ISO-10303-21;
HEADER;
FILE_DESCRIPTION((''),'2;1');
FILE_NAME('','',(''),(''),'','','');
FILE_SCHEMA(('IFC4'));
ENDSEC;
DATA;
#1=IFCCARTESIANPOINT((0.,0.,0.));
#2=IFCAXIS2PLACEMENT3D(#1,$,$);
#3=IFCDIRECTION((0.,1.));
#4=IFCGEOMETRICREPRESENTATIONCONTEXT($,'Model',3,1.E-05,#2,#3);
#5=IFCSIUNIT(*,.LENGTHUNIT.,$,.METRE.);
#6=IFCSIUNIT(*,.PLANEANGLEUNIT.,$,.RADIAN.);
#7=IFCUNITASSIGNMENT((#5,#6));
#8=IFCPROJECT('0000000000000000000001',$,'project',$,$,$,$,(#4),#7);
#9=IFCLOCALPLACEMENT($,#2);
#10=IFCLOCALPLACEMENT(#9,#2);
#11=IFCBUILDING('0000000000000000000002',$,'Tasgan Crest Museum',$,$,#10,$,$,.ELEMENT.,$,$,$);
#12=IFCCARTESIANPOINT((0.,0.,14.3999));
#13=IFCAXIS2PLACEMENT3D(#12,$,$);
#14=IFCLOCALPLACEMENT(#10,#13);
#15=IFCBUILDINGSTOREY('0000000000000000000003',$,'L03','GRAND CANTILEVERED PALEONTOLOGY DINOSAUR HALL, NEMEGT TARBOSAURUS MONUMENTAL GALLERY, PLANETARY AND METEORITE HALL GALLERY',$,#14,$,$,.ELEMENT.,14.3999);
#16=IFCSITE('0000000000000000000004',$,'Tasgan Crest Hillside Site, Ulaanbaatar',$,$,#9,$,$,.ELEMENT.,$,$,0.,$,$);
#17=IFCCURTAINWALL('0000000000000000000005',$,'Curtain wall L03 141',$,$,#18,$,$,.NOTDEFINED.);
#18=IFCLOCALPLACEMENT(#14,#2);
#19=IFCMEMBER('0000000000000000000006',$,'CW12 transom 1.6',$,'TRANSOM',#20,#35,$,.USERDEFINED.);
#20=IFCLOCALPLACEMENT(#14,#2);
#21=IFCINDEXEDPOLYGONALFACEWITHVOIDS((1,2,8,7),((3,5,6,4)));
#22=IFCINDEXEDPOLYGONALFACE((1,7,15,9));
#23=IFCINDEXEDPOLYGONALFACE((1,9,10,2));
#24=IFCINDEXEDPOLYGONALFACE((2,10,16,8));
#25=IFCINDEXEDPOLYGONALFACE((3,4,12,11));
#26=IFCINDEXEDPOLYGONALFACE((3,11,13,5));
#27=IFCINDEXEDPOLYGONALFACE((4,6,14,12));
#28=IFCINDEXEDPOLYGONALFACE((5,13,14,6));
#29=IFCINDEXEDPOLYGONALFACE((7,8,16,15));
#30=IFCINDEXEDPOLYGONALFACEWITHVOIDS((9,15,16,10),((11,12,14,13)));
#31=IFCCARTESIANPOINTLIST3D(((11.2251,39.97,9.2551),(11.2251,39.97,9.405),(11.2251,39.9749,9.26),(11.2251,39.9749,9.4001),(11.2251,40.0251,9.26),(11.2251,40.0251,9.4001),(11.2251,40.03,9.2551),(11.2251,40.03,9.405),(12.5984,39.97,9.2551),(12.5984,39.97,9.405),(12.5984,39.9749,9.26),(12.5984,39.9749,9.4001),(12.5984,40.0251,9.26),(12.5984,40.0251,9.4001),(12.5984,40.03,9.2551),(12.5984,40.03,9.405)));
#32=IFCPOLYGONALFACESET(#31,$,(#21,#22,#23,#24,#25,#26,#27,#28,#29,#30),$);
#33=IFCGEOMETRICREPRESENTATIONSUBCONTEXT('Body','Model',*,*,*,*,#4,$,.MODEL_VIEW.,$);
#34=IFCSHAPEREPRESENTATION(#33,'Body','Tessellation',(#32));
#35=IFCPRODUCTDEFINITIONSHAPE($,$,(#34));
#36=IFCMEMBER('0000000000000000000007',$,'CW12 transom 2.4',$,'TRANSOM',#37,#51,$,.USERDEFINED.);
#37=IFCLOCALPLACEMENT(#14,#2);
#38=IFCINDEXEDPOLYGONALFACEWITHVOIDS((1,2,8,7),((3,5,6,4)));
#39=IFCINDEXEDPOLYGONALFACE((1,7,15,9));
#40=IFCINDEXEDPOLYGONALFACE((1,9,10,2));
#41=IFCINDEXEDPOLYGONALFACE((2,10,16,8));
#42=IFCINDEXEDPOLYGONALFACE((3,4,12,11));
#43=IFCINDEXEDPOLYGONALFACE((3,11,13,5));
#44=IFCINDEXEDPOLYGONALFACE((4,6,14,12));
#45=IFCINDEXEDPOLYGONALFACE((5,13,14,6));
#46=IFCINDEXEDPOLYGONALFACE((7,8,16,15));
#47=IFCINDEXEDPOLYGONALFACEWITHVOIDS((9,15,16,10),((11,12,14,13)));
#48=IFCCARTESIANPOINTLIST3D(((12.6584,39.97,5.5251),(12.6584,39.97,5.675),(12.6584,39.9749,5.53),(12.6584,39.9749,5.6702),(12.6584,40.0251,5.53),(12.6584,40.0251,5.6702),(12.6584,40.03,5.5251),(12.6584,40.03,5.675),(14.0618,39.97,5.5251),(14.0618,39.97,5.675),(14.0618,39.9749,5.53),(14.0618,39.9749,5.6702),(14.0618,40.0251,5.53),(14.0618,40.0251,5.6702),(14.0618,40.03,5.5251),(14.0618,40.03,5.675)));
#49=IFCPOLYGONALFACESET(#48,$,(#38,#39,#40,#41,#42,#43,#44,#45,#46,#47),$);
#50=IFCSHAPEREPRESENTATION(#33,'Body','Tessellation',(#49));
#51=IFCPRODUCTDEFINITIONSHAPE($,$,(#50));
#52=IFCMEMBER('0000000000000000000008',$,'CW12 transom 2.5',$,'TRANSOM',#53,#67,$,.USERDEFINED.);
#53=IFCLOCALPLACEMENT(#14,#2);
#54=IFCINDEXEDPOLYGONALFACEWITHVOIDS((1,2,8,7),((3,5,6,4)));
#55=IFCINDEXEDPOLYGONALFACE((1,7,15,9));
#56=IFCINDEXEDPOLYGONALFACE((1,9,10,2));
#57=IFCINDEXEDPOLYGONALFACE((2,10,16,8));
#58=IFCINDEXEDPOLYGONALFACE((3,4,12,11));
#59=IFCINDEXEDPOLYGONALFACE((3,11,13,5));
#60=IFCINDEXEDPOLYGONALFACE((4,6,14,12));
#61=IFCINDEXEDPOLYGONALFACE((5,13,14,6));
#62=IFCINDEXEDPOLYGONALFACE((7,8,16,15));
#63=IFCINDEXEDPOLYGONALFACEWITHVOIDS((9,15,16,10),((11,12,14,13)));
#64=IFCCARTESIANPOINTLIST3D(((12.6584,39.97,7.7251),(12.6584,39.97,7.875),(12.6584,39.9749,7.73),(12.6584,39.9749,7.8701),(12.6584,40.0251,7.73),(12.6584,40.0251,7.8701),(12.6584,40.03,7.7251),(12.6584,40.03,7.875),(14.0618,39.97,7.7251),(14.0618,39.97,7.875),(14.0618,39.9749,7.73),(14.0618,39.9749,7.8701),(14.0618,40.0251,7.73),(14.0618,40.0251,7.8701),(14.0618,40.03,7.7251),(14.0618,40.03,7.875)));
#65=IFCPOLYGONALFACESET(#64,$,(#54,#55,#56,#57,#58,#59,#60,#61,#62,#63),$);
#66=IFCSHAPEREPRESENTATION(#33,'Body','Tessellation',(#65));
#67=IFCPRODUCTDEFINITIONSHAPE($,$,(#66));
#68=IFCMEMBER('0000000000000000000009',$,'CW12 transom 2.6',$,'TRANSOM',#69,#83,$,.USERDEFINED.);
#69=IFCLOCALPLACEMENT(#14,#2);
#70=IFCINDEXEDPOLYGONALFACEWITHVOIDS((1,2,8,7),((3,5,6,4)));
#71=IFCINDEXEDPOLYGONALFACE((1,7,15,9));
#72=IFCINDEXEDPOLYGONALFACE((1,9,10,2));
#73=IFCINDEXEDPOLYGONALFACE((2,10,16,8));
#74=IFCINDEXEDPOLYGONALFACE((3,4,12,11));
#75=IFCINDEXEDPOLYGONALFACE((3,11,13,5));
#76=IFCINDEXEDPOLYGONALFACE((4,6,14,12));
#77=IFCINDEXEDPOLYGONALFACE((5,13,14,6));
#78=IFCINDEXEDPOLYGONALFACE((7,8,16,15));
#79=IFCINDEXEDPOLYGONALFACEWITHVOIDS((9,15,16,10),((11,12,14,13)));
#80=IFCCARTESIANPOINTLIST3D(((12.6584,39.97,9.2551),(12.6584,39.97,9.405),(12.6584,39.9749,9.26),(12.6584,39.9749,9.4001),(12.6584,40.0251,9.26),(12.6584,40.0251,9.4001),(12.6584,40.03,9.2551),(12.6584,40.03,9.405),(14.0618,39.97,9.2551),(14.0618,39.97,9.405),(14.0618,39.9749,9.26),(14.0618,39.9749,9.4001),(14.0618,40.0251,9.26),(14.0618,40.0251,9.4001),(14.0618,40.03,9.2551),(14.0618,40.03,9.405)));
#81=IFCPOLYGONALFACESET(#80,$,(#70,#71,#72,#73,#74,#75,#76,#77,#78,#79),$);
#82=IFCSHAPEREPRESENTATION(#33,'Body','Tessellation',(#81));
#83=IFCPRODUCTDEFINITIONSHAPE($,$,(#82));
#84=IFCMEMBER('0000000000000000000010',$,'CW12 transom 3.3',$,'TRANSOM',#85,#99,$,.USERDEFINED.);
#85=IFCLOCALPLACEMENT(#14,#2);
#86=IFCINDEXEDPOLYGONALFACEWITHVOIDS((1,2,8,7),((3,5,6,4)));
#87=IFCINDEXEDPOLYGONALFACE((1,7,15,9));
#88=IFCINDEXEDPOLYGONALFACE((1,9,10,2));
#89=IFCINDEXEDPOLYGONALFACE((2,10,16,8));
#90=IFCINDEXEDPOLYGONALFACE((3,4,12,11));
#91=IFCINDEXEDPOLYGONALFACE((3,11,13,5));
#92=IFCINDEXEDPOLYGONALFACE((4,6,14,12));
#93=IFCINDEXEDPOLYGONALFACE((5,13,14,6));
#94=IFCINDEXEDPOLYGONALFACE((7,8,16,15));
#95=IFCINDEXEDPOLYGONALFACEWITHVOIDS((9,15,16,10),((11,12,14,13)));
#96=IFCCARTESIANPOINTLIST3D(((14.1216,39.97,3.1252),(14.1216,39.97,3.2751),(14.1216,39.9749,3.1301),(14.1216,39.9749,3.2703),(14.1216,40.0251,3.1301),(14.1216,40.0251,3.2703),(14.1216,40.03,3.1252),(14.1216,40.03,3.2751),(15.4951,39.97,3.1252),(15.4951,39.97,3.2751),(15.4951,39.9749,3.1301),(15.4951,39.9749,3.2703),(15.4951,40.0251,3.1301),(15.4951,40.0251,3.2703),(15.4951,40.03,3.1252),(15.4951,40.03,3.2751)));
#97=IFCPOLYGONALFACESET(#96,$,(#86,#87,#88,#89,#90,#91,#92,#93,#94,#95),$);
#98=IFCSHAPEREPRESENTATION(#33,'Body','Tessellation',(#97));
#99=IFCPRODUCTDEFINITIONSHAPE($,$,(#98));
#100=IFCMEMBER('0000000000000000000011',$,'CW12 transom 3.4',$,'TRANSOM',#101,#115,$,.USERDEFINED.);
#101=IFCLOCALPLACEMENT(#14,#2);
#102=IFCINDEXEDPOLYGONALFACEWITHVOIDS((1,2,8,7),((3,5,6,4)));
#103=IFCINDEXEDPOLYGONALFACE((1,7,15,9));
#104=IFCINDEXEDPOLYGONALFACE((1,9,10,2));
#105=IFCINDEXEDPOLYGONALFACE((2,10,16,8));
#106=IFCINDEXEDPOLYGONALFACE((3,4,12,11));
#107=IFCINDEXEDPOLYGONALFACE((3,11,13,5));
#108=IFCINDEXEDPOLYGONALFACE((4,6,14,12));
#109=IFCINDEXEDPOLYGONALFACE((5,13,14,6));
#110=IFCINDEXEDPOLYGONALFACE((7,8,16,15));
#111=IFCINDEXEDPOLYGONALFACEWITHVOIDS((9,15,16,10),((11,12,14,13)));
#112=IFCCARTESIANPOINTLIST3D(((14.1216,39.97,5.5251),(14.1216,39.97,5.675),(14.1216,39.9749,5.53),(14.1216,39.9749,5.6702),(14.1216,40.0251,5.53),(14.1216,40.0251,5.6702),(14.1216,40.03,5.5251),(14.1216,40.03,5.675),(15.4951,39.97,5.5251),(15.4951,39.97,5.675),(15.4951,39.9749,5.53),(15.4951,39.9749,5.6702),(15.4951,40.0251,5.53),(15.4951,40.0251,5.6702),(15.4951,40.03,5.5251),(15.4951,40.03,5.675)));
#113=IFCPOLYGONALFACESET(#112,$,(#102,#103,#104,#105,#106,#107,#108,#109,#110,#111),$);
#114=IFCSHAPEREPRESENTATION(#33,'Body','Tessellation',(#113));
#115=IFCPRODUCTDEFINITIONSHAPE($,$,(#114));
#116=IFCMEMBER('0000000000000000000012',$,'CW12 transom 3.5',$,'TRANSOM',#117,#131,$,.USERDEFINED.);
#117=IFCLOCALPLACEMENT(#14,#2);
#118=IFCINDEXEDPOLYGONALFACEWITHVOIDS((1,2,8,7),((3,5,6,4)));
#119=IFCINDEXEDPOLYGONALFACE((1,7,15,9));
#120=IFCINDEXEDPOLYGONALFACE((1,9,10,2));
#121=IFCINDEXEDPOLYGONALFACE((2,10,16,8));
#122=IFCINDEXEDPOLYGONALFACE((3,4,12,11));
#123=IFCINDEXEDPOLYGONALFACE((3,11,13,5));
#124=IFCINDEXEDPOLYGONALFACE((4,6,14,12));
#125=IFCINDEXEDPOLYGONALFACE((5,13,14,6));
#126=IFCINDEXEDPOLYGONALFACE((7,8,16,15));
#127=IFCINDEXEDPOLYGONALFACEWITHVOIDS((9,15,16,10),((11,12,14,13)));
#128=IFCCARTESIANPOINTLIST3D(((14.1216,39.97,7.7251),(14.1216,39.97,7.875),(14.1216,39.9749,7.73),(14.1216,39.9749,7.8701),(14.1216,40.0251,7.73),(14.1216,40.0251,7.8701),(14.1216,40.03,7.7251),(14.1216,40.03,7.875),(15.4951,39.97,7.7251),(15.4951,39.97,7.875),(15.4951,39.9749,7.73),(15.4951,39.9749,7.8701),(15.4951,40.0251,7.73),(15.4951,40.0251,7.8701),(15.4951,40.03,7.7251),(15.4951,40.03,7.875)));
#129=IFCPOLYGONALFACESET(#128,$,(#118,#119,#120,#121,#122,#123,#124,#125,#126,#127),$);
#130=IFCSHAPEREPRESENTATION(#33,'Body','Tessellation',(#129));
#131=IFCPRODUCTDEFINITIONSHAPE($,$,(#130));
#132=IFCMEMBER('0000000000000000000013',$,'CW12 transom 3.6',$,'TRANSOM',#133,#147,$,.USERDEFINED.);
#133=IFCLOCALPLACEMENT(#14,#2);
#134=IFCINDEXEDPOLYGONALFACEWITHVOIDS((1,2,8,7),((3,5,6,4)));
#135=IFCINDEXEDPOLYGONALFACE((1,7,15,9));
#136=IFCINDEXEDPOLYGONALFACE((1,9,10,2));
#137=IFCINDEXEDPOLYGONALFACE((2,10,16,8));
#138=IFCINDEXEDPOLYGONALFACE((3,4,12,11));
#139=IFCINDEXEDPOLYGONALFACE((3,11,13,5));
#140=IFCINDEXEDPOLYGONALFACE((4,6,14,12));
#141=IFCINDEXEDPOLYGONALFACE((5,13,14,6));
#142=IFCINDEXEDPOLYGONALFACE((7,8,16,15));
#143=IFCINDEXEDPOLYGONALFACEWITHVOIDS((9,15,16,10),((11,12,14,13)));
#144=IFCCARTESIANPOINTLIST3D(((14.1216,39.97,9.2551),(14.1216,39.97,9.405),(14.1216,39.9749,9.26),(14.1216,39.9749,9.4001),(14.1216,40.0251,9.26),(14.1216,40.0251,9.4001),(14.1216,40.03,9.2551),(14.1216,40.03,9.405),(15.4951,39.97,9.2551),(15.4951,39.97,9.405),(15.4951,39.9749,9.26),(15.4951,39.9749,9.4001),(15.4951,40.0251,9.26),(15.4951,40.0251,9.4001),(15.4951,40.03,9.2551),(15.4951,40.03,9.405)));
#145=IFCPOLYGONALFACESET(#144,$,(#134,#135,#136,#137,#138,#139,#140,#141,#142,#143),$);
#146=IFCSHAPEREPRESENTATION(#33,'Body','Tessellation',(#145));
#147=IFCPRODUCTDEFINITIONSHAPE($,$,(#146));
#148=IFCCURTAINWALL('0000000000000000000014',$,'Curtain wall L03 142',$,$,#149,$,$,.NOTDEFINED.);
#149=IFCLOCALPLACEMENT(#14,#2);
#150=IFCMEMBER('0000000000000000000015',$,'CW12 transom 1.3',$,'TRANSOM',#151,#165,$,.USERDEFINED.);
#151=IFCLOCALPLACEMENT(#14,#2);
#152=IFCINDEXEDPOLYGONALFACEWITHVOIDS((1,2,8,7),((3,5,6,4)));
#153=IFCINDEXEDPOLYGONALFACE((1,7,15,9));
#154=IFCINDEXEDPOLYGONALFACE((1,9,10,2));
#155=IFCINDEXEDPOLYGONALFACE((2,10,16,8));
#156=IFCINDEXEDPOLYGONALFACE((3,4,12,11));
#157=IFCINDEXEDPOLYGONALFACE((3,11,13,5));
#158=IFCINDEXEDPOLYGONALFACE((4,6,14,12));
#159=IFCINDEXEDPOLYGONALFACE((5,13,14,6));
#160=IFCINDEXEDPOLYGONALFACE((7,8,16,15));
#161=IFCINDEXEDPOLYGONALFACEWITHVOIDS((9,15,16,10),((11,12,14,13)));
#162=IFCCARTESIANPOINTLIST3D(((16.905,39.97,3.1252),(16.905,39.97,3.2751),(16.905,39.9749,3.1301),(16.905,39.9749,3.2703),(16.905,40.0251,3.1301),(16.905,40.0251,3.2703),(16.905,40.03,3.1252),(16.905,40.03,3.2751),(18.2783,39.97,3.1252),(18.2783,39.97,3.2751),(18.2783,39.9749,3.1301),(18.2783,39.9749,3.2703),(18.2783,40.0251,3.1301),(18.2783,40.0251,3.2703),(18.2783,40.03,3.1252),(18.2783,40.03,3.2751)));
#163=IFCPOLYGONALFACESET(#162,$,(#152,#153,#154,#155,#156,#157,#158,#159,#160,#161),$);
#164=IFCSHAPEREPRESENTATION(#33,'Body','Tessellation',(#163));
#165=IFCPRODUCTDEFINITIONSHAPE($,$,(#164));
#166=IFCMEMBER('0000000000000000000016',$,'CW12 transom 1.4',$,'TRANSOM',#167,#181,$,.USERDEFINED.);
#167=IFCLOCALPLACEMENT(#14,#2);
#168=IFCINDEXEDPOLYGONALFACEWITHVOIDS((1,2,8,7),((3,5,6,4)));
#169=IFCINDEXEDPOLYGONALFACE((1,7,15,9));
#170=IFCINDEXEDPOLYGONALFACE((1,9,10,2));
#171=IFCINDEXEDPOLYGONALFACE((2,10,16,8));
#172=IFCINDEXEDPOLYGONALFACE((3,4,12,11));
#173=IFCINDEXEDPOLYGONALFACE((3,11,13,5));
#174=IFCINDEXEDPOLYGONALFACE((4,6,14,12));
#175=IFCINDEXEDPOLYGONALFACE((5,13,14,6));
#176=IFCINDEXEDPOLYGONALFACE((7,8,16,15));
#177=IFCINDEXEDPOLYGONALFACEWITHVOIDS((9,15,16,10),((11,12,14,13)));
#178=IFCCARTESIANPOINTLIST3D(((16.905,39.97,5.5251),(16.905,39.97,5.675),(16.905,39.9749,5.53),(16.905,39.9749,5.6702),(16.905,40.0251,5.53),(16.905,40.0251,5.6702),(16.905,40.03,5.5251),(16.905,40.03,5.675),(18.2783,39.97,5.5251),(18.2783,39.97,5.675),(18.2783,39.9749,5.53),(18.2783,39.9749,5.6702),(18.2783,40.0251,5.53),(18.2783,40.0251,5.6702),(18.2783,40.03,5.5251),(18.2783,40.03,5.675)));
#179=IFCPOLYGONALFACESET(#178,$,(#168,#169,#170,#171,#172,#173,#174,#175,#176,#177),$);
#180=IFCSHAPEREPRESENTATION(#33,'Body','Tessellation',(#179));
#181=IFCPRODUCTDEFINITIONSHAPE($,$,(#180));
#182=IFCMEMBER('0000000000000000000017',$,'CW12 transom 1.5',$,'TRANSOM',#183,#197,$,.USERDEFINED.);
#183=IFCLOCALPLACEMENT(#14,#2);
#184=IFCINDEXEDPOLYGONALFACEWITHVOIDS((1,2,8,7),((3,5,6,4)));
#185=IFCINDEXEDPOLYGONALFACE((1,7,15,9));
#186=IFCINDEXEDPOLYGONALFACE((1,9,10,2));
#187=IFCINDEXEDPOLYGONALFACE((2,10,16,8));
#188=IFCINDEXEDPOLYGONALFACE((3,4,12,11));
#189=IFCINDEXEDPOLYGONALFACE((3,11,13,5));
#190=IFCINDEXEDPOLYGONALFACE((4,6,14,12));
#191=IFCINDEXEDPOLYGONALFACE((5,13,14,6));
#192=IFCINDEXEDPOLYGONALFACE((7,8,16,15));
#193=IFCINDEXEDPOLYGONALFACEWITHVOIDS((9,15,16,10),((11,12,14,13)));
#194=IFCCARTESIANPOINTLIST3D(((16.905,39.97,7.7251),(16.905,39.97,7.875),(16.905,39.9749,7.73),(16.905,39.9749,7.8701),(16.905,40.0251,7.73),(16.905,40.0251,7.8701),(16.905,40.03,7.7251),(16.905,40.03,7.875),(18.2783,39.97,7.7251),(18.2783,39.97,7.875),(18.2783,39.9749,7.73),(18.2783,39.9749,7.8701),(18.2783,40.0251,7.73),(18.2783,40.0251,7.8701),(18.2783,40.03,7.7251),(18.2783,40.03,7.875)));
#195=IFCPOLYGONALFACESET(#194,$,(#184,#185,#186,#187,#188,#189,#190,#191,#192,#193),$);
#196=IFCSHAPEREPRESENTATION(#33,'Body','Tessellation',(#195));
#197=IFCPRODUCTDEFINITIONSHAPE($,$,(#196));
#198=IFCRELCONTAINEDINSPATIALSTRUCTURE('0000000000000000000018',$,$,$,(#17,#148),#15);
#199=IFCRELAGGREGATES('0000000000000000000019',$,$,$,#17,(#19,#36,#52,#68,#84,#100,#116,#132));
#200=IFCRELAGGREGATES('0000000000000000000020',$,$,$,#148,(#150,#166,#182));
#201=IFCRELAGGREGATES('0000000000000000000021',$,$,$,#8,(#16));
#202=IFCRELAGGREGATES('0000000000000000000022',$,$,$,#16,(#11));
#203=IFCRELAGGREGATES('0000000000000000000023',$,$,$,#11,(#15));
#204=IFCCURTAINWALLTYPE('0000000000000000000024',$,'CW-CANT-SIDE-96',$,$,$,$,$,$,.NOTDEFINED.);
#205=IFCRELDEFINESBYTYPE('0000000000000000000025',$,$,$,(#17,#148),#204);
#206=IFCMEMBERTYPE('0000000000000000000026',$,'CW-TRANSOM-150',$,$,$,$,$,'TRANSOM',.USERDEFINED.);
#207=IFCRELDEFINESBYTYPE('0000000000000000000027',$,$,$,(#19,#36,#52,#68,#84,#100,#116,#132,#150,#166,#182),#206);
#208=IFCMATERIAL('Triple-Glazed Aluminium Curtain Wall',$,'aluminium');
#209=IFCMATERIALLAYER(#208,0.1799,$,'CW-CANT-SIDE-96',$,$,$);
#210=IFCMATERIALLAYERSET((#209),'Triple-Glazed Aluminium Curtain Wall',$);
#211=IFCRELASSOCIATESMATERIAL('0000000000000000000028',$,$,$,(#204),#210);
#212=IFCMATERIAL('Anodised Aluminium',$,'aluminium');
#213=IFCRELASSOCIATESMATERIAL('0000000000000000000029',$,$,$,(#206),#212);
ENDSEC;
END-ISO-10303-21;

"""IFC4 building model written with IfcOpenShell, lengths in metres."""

from ifc_helpers import new_model, si_unit, direction, frame, origin, origin_2d, place, context, subcontext, project, spatial, hollow_rectangle, extrude, material, layer, layer_set, material_profile, profile_set, type_object, element, aggregate, save


model = new_model("IFC4")

# Units and contexts
model_context = context("Model", 3, precision=1e-05, world=origin(), true_north=direction((0.0, 1.0)))
body_context = subcontext(model_context, "Body", "Model", "MODEL_VIEW")
ifc_project = project(units=[si_unit("LENGTHUNIT", "METRE"), si_unit("PLANEANGLEUNIT", "RADIAN")], contexts=[model_context])

# Site, building, storey
site_placement = place(None, origin())
site = spatial("IfcSite", under=ifc_project, at=site_placement, Name="Tasgan Crest Hillside Site, Ulaanbaatar", CompositionType="ELEMENT", RefElevation=0.0)
building_placement = place(site_placement, origin())
building = spatial("IfcBuilding", under=site, at=building_placement, Name="Tasgan Crest Museum", CompositionType="ELEMENT")
storey_placement = place(building_placement, frame((0.0, 0.0, 14.3999)))
storey = spatial("IfcBuildingStorey", under=building, at=storey_placement, Name="L03", Description="GRAND CANTILEVERED PALEONTOLOGY DINOSAUR HALL, NEMEGT TARBOSAURUS MONUMENTAL GALLERY, PLANETARY AND METEORITE HALL GALLERY", CompositionType="ELEMENT", Elevation=14.3999)

# Curtain walls, members
ifc_material_1 = material(Name="Triple-Glazed Aluminium Curtain Wall", Category="aluminium")
ifc_layer_1 = layer(ifc_material_1, 0.1799, Name="CW-CANT-SIDE-96")
ifc_layer_set_1 = layer_set([ifc_layer_1], Name="Triple-Glazed Aluminium Curtain Wall")
curtain_wall_type = type_object("IfcCurtainWallType", Name="CW-CANT-SIDE-96", PredefinedType="NOTDEFINED", material=ifc_layer_set_1)
curtain_wall_1_placement = place(storey_placement, origin())
curtain_wall_1 = element("IfcCurtainWall", 1, at=curtain_wall_1_placement, inside=storey, type_object=curtain_wall_type, Name="Curtain wall L03 141", PredefinedType="NOTDEFINED")
ifc_material_2 = material(Name="Anodised Aluminium", Category="aluminium")
ifc_material_profile = material_profile(ifc_material_2, hollow_rectangle(XDim=0.0601, YDim=0.1499, WallThickness=0.0049, at=origin_2d()), Name="ALU TRANSOM 150x60x5")
ifc_profile_set = profile_set([ifc_material_profile], Name="Anodised Aluminium")
member_type = type_object("IfcMemberType", Name="CW-TRANSOM-150", ElementType="TRANSOM", PredefinedType="USERDEFINED", material=ifc_profile_set)
member_1_placement = place(storey_placement, frame((11.2251, 40.0, 9.3301), z_axis=(1.0, 0.0, 0.0), x_axis=(0.0, 1.0, 0.0)))
member_1 = element("IfcMember", 2, at=member_1_placement, type_object=member_type, Name="CW12 transom 1.6", ObjectType="TRANSOM", PredefinedType="USERDEFINED", context=body_context, shape_type="SweptSolid", body=[
    extrude(hollow_rectangle(XDim=0.0601, YDim=0.1499, WallThickness=0.0049, at=origin_2d()), origin(), (0.0, 0.0, 1.0), 1.3733),
])
member_2_placement = place(storey_placement, frame((12.6584, 40.0, 5.6001), z_axis=(1.0, 0.0, 0.0), x_axis=(0.0, 1.0, 0.0)))
member_2 = element("IfcMember", 3, at=member_2_placement, type_object=member_type, Name="CW12 transom 2.4", ObjectType="TRANSOM", PredefinedType="USERDEFINED", context=body_context, shape_type="SweptSolid", body=[
    extrude(hollow_rectangle(XDim=0.0601, YDim=0.1499, WallThickness=0.0049, at=origin_2d()), origin(), (0.0, 0.0, 1.0), 1.4033),
])
member_3_placement = place(storey_placement, frame((12.6584, 40.0, 7.8), z_axis=(1.0, 0.0, 0.0), x_axis=(0.0, 1.0, 0.0)))
member_3 = element("IfcMember", 4, at=member_3_placement, type_object=member_type, Name="CW12 transom 2.5", ObjectType="TRANSOM", PredefinedType="USERDEFINED", context=body_context, shape_type="SweptSolid", body=[
    extrude(hollow_rectangle(XDim=0.0601, YDim=0.1499, WallThickness=0.0049, at=origin_2d()), origin(), (0.0, 0.0, 1.0), 1.4033),
])
member_4_placement = place(storey_placement, frame((12.6584, 40.0, 9.3301), z_axis=(1.0, 0.0, 0.0), x_axis=(0.0, 1.0, 0.0)))
member_4 = element("IfcMember", 5, at=member_4_placement, type_object=member_type, Name="CW12 transom 2.6", ObjectType="TRANSOM", PredefinedType="USERDEFINED", context=body_context, shape_type="SweptSolid", body=[
    extrude(hollow_rectangle(XDim=0.0601, YDim=0.1499, WallThickness=0.0049, at=origin_2d()), origin(), (0.0, 0.0, 1.0), 1.4033),
])
member_5_placement = place(storey_placement, frame((14.1216, 40.0, 3.2002), z_axis=(1.0, 0.0, 0.0), x_axis=(0.0, 1.0, 0.0)))
member_5 = element("IfcMember", 6, at=member_5_placement, type_object=member_type, Name="CW12 transom 3.3", ObjectType="TRANSOM", PredefinedType="USERDEFINED", context=body_context, shape_type="SweptSolid", body=[
    extrude(hollow_rectangle(XDim=0.0601, YDim=0.1499, WallThickness=0.0049, at=origin_2d()), origin(), (0.0, 0.0, 1.0), 1.3735),
])
member_6_placement = place(storey_placement, frame((14.1216, 40.0, 5.6001), z_axis=(1.0, 0.0, 0.0), x_axis=(0.0, 1.0, 0.0)))
member_6 = element("IfcMember", 7, at=member_6_placement, type_object=member_type, Name="CW12 transom 3.4", ObjectType="TRANSOM", PredefinedType="USERDEFINED", context=body_context, shape_type="SweptSolid", body=[
    extrude(hollow_rectangle(XDim=0.0601, YDim=0.1499, WallThickness=0.0049, at=origin_2d()), origin(), (0.0, 0.0, 1.0), 1.3735),
])
member_7_placement = place(storey_placement, frame((14.1216, 40.0, 7.8), z_axis=(1.0, 0.0, 0.0), x_axis=(0.0, 1.0, 0.0)))
member_7 = element("IfcMember", 8, at=member_7_placement, type_object=member_type, Name="CW12 transom 3.5", ObjectType="TRANSOM", PredefinedType="USERDEFINED", context=body_context, shape_type="SweptSolid", body=[
    extrude(hollow_rectangle(XDim=0.0601, YDim=0.1499, WallThickness=0.0049, at=origin_2d()), origin(), (0.0, 0.0, 1.0), 1.3735),
])
member_8_placement = place(storey_placement, frame((14.1216, 40.0, 9.3301), z_axis=(1.0, 0.0, 0.0), x_axis=(0.0, 1.0, 0.0)))
member_8 = element("IfcMember", 9, at=member_8_placement, type_object=member_type, Name="CW12 transom 3.6", ObjectType="TRANSOM", PredefinedType="USERDEFINED", context=body_context, shape_type="SweptSolid", body=[
    extrude(hollow_rectangle(XDim=0.0601, YDim=0.1499, WallThickness=0.0049, at=origin_2d()), origin(), (0.0, 0.0, 1.0), 1.3735),
])
curtain_wall_2_placement = place(storey_placement, origin())
curtain_wall_2 = element("IfcCurtainWall", 10, at=curtain_wall_2_placement, inside=storey, type_object=curtain_wall_type, Name="Curtain wall L03 142", PredefinedType="NOTDEFINED")
member_9_placement = place(storey_placement, frame((16.905, 40.0, 3.2002), z_axis=(1.0, 0.0, 0.0), x_axis=(0.0, 1.0, 0.0)))
member_9 = element("IfcMember", 11, at=member_9_placement, type_object=member_type, Name="CW12 transom 1.3", ObjectType="TRANSOM", PredefinedType="USERDEFINED", context=body_context, shape_type="SweptSolid", body=[
    extrude(hollow_rectangle(XDim=0.0601, YDim=0.1499, WallThickness=0.0049, at=origin_2d()), origin(), (0.0, 0.0, 1.0), 1.3733),
])
member_10_placement = place(storey_placement, frame((16.905, 40.0, 5.6001), z_axis=(1.0, 0.0, 0.0), x_axis=(0.0, 1.0, 0.0)))
member_10 = element("IfcMember", 12, at=member_10_placement, type_object=member_type, Name="CW12 transom 1.4", ObjectType="TRANSOM", PredefinedType="USERDEFINED", context=body_context, shape_type="SweptSolid", body=[
    extrude(hollow_rectangle(XDim=0.0601, YDim=0.1499, WallThickness=0.0049, at=origin_2d()), origin(), (0.0, 0.0, 1.0), 1.3733),
])
member_11_placement = place(storey_placement, frame((16.905, 40.0, 7.8), z_axis=(1.0, 0.0, 0.0), x_axis=(0.0, 1.0, 0.0)))
member_11 = element("IfcMember", 13, at=member_11_placement, type_object=member_type, Name="CW12 transom 1.5", ObjectType="TRANSOM", PredefinedType="USERDEFINED", context=body_context, shape_type="SweptSolid", body=[
    extrude(hollow_rectangle(XDim=0.0601, YDim=0.1499, WallThickness=0.0049, at=origin_2d()), origin(), (0.0, 0.0, 1.0), 1.3733),
])

aggregate(curtain_wall_1, [member_1, member_2, member_3, member_4, member_5, member_6, member_7, member_8])
aggregate(curtain_wall_2, [member_9, member_10, member_11])

save(model, "model.ifc")
